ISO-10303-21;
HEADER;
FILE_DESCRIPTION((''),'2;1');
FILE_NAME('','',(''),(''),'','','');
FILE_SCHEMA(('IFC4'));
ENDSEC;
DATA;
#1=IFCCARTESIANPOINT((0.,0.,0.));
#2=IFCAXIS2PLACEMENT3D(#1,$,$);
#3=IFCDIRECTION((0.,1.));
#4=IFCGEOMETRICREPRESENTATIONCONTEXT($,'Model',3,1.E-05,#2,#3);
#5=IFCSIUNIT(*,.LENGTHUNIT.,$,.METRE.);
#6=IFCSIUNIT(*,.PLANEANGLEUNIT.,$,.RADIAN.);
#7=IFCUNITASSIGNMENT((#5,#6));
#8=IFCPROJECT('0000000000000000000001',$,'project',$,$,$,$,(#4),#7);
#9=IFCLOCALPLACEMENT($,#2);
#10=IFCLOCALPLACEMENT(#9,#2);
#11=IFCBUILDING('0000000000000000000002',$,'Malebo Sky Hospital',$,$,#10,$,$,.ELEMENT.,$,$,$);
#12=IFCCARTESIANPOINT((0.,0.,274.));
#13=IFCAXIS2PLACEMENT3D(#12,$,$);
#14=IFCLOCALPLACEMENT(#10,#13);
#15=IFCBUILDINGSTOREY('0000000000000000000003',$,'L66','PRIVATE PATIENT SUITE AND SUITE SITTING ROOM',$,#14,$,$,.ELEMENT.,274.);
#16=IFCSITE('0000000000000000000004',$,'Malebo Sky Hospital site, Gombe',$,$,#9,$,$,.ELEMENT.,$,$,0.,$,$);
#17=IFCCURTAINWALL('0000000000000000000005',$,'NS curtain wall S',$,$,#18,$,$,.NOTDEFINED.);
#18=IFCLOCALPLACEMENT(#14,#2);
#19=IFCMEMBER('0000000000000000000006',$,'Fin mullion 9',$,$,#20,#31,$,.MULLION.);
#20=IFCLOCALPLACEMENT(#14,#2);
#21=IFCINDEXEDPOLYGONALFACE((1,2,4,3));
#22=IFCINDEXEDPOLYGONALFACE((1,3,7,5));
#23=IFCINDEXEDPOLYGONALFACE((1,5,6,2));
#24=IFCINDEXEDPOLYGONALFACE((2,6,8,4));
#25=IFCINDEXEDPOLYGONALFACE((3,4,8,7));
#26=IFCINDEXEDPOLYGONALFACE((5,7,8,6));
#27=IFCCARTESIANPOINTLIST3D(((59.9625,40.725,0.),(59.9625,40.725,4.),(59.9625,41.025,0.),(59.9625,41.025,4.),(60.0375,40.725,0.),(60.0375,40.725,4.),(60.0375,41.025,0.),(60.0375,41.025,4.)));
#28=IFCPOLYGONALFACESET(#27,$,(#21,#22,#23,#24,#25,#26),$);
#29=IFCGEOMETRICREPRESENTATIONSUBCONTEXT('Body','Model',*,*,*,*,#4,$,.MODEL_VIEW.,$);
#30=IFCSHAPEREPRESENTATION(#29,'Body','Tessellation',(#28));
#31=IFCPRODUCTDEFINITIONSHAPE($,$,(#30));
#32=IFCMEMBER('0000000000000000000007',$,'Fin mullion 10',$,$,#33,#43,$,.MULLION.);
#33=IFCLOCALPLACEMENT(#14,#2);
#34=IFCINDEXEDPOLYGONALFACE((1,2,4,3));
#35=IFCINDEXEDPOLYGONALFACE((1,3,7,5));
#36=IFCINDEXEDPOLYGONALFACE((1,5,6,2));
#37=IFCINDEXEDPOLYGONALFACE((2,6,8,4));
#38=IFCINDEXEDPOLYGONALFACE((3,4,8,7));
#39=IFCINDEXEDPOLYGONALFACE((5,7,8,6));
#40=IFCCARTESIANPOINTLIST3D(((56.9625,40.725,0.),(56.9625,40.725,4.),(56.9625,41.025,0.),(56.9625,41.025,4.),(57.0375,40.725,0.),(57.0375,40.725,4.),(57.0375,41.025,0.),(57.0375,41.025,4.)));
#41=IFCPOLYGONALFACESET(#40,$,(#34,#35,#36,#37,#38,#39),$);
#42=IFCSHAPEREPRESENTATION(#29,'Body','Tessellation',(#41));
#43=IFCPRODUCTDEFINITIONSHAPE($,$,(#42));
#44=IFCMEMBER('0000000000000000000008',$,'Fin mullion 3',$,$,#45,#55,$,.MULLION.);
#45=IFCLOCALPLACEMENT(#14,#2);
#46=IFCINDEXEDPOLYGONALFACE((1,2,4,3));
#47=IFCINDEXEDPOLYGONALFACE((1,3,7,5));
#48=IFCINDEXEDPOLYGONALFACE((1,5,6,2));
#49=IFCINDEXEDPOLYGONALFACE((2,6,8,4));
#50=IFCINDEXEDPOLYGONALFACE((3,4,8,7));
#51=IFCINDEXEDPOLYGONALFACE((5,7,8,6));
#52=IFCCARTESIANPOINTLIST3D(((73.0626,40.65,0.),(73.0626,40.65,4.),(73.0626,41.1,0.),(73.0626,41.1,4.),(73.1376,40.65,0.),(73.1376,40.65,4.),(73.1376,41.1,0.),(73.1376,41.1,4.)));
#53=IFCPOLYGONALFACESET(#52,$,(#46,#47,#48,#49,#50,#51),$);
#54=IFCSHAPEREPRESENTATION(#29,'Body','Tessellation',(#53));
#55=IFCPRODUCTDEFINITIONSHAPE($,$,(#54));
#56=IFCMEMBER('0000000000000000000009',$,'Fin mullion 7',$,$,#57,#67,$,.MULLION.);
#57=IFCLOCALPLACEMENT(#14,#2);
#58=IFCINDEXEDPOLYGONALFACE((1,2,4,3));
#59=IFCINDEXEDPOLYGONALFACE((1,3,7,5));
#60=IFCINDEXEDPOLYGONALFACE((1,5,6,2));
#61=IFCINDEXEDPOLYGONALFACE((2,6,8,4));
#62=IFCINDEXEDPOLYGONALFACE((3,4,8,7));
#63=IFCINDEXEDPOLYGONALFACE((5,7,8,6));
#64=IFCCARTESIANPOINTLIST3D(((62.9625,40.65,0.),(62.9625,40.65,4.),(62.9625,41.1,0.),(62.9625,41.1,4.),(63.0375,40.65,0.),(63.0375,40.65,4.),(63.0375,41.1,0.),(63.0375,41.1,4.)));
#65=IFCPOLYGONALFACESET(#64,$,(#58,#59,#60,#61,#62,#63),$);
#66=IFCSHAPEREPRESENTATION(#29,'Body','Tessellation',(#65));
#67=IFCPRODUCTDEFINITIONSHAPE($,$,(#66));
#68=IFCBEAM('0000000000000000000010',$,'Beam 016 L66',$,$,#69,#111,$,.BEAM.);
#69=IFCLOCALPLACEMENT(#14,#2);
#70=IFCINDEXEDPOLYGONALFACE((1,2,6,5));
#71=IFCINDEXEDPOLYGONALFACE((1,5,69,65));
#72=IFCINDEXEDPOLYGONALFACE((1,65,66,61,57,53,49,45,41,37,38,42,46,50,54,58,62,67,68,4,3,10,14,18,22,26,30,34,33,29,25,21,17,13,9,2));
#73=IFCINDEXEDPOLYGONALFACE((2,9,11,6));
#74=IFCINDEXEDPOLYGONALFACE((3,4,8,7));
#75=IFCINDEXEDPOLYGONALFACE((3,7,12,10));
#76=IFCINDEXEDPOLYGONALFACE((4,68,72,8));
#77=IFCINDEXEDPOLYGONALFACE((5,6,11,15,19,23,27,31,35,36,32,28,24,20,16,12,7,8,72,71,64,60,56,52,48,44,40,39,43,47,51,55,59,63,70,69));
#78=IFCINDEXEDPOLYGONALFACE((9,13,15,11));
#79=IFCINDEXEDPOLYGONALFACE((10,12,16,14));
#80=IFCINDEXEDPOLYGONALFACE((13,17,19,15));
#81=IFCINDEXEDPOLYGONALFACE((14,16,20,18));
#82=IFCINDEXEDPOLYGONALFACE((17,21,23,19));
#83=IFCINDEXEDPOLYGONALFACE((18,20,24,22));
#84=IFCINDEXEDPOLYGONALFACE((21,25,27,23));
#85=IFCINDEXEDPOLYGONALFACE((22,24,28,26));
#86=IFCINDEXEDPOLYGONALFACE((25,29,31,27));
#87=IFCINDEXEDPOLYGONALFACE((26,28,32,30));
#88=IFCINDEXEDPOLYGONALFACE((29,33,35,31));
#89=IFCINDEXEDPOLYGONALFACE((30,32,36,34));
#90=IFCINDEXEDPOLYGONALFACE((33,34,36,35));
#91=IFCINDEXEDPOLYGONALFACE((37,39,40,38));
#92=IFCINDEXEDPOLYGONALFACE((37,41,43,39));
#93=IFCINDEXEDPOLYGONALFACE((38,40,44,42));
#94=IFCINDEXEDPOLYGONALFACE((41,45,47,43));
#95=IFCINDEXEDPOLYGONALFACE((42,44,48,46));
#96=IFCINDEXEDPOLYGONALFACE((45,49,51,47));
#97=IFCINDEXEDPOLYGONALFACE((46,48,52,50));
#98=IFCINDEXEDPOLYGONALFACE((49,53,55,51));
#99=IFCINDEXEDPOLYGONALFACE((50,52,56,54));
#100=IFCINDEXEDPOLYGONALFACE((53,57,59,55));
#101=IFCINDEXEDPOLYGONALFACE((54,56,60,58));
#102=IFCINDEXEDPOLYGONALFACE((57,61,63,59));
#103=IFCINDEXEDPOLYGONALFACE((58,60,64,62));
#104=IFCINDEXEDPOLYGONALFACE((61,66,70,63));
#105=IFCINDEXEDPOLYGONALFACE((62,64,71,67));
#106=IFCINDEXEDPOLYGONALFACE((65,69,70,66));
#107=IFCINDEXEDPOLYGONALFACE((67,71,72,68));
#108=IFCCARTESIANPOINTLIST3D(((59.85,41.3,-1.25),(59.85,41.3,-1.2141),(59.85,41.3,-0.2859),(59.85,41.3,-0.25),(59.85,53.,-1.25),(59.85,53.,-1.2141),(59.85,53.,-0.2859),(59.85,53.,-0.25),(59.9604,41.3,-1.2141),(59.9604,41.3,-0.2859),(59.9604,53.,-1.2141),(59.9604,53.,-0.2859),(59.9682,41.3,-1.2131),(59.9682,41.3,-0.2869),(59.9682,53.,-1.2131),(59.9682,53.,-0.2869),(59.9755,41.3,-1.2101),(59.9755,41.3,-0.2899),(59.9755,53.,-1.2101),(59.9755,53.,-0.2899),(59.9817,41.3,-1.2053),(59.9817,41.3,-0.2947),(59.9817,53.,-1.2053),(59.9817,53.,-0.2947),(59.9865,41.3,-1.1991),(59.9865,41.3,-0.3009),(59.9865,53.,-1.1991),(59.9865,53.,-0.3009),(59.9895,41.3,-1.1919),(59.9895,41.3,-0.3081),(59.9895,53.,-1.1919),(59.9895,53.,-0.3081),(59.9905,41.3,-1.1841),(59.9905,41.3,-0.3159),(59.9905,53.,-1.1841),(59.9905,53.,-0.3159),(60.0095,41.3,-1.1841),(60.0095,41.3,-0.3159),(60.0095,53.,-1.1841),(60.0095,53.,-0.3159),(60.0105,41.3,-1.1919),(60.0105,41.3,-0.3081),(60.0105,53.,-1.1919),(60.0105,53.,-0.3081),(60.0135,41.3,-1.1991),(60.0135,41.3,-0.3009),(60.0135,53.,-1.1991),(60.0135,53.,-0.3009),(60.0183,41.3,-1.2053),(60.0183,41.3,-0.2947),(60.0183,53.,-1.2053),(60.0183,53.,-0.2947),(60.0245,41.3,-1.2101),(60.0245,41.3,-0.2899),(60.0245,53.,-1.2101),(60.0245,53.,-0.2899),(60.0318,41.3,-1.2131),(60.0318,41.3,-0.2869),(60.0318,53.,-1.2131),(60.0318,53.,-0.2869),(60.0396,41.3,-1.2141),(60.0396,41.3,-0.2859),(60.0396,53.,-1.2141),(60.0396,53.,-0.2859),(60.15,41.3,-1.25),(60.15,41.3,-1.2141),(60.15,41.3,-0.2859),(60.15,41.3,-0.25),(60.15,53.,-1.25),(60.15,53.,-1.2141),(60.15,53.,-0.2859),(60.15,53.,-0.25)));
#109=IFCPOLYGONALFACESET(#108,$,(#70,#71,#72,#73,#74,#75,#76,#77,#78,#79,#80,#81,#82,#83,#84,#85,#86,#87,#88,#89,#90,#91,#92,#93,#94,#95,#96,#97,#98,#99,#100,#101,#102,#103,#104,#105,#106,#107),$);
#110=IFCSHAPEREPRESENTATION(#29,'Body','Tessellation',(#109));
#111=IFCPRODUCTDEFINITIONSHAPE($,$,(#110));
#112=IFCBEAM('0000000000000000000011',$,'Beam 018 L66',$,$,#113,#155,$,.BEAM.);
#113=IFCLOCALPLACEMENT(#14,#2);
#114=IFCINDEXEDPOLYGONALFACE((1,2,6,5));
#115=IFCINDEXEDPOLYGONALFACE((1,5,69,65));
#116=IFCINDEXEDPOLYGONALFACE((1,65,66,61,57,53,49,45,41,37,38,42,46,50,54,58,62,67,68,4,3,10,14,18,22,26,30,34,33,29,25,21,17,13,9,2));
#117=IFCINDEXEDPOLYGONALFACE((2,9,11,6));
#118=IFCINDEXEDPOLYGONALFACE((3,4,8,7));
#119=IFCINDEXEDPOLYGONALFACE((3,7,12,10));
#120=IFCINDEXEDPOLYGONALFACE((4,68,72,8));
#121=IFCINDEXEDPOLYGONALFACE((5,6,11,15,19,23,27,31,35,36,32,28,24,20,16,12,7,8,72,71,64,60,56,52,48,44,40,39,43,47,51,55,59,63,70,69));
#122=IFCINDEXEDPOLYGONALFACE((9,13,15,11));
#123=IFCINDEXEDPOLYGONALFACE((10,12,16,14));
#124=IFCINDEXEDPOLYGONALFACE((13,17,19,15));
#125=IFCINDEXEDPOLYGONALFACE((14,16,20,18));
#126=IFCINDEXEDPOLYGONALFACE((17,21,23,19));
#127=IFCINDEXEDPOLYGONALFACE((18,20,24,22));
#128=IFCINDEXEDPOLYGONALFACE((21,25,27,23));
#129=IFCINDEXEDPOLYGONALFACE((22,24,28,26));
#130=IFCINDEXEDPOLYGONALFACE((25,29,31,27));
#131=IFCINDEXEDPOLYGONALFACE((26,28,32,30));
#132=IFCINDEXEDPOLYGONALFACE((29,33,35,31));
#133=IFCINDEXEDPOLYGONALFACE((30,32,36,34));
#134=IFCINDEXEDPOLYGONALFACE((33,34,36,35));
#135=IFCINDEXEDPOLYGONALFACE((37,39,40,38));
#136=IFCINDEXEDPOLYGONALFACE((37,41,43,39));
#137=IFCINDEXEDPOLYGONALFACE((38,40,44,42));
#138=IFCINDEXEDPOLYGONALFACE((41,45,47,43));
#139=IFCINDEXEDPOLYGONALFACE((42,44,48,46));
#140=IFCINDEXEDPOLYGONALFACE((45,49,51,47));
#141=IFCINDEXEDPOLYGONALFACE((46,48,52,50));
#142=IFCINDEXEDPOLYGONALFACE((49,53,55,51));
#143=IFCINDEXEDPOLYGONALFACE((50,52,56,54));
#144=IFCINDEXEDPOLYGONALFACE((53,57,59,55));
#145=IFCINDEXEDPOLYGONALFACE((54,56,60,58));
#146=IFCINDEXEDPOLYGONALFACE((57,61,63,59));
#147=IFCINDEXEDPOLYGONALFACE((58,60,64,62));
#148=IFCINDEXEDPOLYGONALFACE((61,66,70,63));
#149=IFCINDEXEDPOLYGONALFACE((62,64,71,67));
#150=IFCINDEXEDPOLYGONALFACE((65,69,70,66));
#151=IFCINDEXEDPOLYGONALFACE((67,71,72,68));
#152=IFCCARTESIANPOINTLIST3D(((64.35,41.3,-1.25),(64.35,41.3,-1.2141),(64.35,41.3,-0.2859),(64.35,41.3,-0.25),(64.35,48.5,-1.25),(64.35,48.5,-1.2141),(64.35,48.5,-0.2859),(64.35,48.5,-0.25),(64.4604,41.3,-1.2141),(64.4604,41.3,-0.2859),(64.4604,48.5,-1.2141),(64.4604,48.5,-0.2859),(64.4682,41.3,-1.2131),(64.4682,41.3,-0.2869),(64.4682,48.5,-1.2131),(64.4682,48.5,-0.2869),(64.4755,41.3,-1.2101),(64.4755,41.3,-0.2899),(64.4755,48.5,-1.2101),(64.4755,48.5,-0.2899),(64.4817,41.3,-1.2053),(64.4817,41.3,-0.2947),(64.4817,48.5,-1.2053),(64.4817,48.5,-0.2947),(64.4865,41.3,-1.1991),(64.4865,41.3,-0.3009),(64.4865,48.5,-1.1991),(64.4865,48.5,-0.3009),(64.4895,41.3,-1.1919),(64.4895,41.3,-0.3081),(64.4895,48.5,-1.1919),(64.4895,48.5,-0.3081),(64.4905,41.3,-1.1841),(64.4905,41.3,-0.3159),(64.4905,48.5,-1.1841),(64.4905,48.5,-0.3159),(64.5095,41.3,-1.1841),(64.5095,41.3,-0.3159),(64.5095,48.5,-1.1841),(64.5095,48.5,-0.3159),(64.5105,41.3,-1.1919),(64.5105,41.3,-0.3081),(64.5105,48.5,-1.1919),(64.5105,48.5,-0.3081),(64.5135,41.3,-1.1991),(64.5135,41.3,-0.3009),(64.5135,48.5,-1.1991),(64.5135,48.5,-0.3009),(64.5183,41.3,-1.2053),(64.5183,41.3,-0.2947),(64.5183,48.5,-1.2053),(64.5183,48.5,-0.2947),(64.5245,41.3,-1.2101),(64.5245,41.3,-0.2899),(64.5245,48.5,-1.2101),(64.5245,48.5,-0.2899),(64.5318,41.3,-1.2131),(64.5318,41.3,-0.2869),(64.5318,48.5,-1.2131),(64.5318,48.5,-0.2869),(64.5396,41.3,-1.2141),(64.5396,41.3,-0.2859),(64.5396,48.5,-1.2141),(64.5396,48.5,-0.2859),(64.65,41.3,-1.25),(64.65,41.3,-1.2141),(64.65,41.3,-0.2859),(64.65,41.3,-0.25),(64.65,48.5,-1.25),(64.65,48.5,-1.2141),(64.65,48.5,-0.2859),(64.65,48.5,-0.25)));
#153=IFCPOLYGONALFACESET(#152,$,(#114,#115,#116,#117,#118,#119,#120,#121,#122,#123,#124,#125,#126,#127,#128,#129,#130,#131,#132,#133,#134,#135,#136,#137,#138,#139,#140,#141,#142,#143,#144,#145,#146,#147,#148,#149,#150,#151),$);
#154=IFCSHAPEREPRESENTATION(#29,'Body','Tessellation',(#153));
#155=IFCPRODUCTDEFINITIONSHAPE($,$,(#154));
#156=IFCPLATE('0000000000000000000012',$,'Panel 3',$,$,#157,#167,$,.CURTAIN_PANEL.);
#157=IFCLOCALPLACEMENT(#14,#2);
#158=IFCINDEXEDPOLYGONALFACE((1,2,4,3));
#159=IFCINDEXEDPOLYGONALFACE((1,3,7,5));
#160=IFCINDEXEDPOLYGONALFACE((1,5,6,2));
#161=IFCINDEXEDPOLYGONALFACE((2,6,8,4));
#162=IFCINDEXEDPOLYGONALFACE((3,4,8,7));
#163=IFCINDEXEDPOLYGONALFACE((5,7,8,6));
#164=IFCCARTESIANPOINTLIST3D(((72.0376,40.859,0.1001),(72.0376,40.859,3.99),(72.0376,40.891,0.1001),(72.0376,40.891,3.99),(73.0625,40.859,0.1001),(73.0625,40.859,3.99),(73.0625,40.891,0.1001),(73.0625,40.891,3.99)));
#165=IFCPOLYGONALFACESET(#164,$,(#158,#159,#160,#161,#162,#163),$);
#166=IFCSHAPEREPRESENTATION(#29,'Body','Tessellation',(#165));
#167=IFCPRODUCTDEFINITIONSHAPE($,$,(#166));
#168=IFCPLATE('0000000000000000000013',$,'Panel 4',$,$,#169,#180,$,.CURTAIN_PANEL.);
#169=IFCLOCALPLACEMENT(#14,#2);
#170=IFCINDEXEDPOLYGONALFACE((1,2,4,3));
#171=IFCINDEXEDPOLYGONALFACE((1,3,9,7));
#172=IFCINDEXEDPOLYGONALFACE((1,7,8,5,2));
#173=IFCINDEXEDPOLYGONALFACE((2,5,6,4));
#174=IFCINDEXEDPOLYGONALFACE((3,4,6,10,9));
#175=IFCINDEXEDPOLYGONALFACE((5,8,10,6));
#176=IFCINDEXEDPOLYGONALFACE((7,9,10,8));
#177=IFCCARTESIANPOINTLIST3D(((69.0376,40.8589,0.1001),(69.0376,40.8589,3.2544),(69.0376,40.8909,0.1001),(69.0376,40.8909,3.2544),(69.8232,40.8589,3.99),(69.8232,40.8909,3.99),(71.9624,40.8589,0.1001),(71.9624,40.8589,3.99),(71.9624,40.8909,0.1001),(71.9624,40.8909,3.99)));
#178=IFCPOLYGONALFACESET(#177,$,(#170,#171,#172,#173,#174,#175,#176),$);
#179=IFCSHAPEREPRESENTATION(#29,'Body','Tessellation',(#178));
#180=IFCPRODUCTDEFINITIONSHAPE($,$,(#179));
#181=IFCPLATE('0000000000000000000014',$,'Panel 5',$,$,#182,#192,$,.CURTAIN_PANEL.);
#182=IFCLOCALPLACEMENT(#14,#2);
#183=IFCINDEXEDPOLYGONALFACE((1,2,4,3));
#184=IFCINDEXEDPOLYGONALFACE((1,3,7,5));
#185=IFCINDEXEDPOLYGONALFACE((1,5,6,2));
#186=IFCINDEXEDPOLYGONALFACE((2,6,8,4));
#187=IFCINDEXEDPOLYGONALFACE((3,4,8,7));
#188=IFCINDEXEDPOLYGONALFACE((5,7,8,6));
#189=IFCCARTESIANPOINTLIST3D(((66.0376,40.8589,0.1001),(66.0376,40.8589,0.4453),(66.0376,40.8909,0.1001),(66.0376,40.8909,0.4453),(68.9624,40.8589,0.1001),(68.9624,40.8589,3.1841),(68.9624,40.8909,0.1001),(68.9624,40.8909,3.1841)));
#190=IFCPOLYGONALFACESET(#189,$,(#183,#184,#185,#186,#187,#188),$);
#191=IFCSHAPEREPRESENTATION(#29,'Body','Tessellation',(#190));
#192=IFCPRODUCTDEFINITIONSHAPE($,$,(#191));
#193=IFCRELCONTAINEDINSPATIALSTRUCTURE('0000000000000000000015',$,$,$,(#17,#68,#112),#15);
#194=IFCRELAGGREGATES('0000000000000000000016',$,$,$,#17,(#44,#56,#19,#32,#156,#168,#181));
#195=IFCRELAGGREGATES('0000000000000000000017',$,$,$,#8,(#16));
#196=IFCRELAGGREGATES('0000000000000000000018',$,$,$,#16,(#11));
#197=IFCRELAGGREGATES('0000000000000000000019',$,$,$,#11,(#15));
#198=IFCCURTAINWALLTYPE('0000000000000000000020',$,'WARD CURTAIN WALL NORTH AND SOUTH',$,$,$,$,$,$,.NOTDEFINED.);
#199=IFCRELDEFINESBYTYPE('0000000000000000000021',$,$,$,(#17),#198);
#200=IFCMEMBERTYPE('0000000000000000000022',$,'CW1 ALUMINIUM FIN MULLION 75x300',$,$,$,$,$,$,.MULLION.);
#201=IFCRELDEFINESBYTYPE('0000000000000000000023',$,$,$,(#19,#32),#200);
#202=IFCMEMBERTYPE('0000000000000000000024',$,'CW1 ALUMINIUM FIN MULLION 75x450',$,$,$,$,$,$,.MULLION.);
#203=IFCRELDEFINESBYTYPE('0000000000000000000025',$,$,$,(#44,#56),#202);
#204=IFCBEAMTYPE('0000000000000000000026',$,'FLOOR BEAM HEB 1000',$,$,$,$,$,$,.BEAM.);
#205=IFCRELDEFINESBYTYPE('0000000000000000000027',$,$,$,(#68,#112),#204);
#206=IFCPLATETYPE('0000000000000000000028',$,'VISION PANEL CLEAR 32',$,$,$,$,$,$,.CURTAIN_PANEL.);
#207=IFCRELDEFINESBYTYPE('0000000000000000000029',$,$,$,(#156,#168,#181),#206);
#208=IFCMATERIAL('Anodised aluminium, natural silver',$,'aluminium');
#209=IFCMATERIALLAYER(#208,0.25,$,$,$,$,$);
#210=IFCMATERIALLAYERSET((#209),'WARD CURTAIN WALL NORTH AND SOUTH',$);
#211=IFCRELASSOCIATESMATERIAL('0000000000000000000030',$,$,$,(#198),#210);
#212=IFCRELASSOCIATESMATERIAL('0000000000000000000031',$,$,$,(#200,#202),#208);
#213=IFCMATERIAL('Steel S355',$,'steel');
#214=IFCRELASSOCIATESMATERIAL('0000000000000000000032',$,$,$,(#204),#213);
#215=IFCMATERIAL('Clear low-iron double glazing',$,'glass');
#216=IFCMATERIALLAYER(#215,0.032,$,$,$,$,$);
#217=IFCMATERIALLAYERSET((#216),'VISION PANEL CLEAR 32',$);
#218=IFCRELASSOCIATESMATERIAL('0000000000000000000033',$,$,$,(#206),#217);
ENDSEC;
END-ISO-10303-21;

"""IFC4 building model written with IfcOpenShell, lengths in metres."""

from ifc_helpers import new_model, si_unit, direction, frame, origin, origin_2d, place, context, subcontext, project, spatial, polyline, rectangle, i_section, outline, extrude, material, layer, layer_set, material_profile, profile_set, type_object, element, aggregate, save


model = new_model("IFC4")

# Units and contexts
model_context = context("Model", 3, precision=1e-05, world=origin(), true_north=direction((0.0, 1.0)))
body_context = subcontext(model_context, "Body", "Model", "MODEL_VIEW")
ifc_project = project(units=[si_unit("LENGTHUNIT", "METRE"), si_unit("PLANEANGLEUNIT", "RADIAN")], contexts=[model_context])

# Site, building, storey
site_placement = place(None, origin())
site = spatial("IfcSite", under=ifc_project, at=site_placement, Name="Malebo Sky Hospital site, Gombe", CompositionType="ELEMENT", RefElevation=0.0)
building_placement = place(site_placement, origin())
building = spatial("IfcBuilding", under=site, at=building_placement, Name="Malebo Sky Hospital", CompositionType="ELEMENT")
storey_placement = place(building_placement, frame((0.0, 0.0, 274.0)))
storey = spatial("IfcBuildingStorey", under=building, at=storey_placement, Name="L66", Description="PRIVATE PATIENT SUITE AND SUITE SITTING ROOM", CompositionType="ELEMENT", Elevation=274.0)

# Curtain wall
ifc_material_1 = material(Name="Anodised aluminium, natural silver", Category="aluminium")
ifc_layer_1 = layer(ifc_material_1, 0.25)
ifc_layer_set_1 = layer_set([ifc_layer_1], Name="WARD CURTAIN WALL NORTH AND SOUTH")
curtain_wall_type = type_object("IfcCurtainWallType", Name="WARD CURTAIN WALL NORTH AND SOUTH", PredefinedType="NOTDEFINED", material=ifc_layer_set_1)
curtain_wall_placement = place(storey_placement, origin())
curtain_wall = element("IfcCurtainWall", 1, at=curtain_wall_placement, inside=storey, type_object=curtain_wall_type, Name="NS curtain wall S", PredefinedType="NOTDEFINED")

# Members
ifc_material_2 = material(Name="Steel S355", Category="steel")
ifc_material_profile_1 = material_profile(ifc_material_1, rectangle(XDim=0.075, YDim=0.3, at=origin_2d()), Name="CW1 ALUMINIUM FIN MULLION 75x300")
ifc_profile_set_1 = profile_set([ifc_material_profile_1], Name="Anodised aluminium, natural silver")
member_type_1 = type_object("IfcMemberType", Name="CW1 ALUMINIUM FIN MULLION 75x300", PredefinedType="MULLION", material=ifc_profile_set_1)
member_1_placement = place(storey_placement, frame((60.0, 40.875, 0.0), z_axis=(0.0, 0.0, 1.0), x_axis=(-1.0, 0.0, 0.0)))
member_1 = element("IfcMember", 2, at=member_1_placement, type_object=member_type_1, Name="Fin mullion 9", PredefinedType="MULLION", context=body_context, shape_type="SweptSolid", body=[
    extrude(rectangle(XDim=0.075, YDim=0.3, at=origin_2d()), origin(), (0.0, 0.0, 1.0), 4.0),
])
member_2_placement = place(storey_placement, frame((57.0, 40.875, 0.0), z_axis=(0.0, 0.0, 1.0), x_axis=(-1.0, 0.0, 0.0)))
member_2 = element("IfcMember", 3, at=member_2_placement, type_object=member_type_1, Name="Fin mullion 10", PredefinedType="MULLION", context=body_context, shape_type="SweptSolid", body=[
    extrude(rectangle(XDim=0.075, YDim=0.3, at=origin_2d()), origin(), (0.0, 0.0, 1.0), 4.0),
])
ifc_material_profile_2 = material_profile(ifc_material_1, rectangle(XDim=0.075, YDim=0.45, at=origin_2d()), Name="CW1 ALUMINIUM FIN MULLION 75x450")
ifc_profile_set_2 = profile_set([ifc_material_profile_2], Name="Anodised aluminium, natural silver")
member_type_2 = type_object("IfcMemberType", Name="CW1 ALUMINIUM FIN MULLION 75x450", PredefinedType="MULLION", material=ifc_profile_set_2)
member_3_placement = place(storey_placement, frame((73.1001, 40.875, 0.0), z_axis=(0.0, 0.0, 1.0), x_axis=(-1.0, 0.0, 0.0)))
member_3 = element("IfcMember", 4, at=member_3_placement, type_object=member_type_2, Name="Fin mullion 3", PredefinedType="MULLION", context=body_context, shape_type="SweptSolid", body=[
    extrude(rectangle(XDim=0.075, YDim=0.45, at=origin_2d()), origin(), (0.0, 0.0, 1.0), 4.0),
])
member_4_placement = place(storey_placement, frame((63.0, 40.875, 0.0), z_axis=(0.0, 0.0, 1.0), x_axis=(-1.0, 0.0, 0.0)))
member_4 = element("IfcMember", 5, at=member_4_placement, type_object=member_type_2, Name="Fin mullion 7", PredefinedType="MULLION", context=body_context, shape_type="SweptSolid", body=[
    extrude(rectangle(XDim=0.075, YDim=0.45, at=origin_2d()), origin(), (0.0, 0.0, 1.0), 4.0),
])

# Beams
ifc_material_profile_3 = material_profile(ifc_material_2, i_section(OverallWidth=0.3, OverallDepth=1.0, WebThickness=0.019, FlangeThickness=0.0359, FilletRadius=0.03, at=origin_2d()), Name="HEB 1000")
ifc_profile_set_3 = profile_set([ifc_material_profile_3], Name="Steel S355")
beam_type = type_object("IfcBeamType", Name="FLOOR BEAM HEB 1000", PredefinedType="BEAM", material=ifc_profile_set_3)
beam_1_placement = place(storey_placement, frame((60.0, 41.3, -0.75), z_axis=(0.0, 1.0, 0.0), x_axis=(-1.0, 0.0, 0.0)))
element("IfcBeam", 6, at=beam_1_placement, inside=storey, type_object=beam_type, Name="Beam 016 L66", PredefinedType="BEAM", context=body_context, shape_type="SweptSolid", body=[
    extrude(i_section(OverallWidth=0.3, OverallDepth=1.0, WebThickness=0.019, FlangeThickness=0.0359, FilletRadius=0.03, at=origin_2d()), origin(), (0.0, 0.0, 1.0), 11.7),
])
beam_2_placement = place(storey_placement, frame((64.5, 41.3, -0.75), z_axis=(0.0, 1.0, 0.0), x_axis=(-1.0, 0.0, 0.0)))
element("IfcBeam", 7, at=beam_2_placement, inside=storey, type_object=beam_type, Name="Beam 018 L66", PredefinedType="BEAM", context=body_context, shape_type="SweptSolid", body=[
    extrude(i_section(OverallWidth=0.3, OverallDepth=1.0, WebThickness=0.019, FlangeThickness=0.0359, FilletRadius=0.03, at=origin_2d()), origin(), (0.0, 0.0, 1.0), 7.2),
])

# Plates
ifc_material_3 = material(Name="Clear low-iron double glazing", Category="glass")
ifc_layer_2 = layer(ifc_material_3, 0.032)
ifc_layer_set_2 = layer_set([ifc_layer_2], Name="VISION PANEL CLEAR 32")
plate_type = type_object("IfcPlateType", Name="VISION PANEL CLEAR 32", PredefinedType="CURTAIN_PANEL", material=ifc_layer_set_2)
plate_1_placement = place(storey_placement, frame((72.55, 40.875, 0.1001), z_axis=(0.0, 0.0, 1.0), x_axis=(-1.0, 0.0, 0.0)))
plate_1 = element("IfcPlate", 8, at=plate_1_placement, type_object=plate_type, Name="Panel 3", PredefinedType="CURTAIN_PANEL", context=body_context, shape_type="SweptSolid", body=[
    extrude(rectangle(XDim=1.0249, YDim=0.032, at=origin_2d()), origin(), (0.0, 0.0, 1.0), 3.8899),
])
plate_2_placement = place(storey_placement, frame((70.5, 40.875, 0.1001), z_axis=(0.0, 0.0, 1.0), x_axis=(-1.0, 0.0, 0.0)))
plate_2 = element("IfcPlate", 9, at=plate_2_placement, type_object=plate_type, Name="Panel 4", PredefinedType="CURTAIN_PANEL", context=body_context, shape_type="SweptSolid", body=[
    extrude(outline(polyline([(-1.4624, 0.0), (1.4624, 0.0), (1.4624, 3.1543), (0.6768, 3.8899), (-1.4624, 3.8899), (-1.4624, 0.0)])), frame((0.0, 0.0161, 0.0), z_axis=(0.0, -1.0, 0.0), x_axis=(1.0, 0.0, 0.0)), (0.0, 0.0, 1.0), 0.032),
])
plate_3_placement = place(storey_placement, frame((67.5, 40.875, 0.1001), z_axis=(0.0, 0.0, 1.0), x_axis=(-1.0, 0.0, 0.0)))
plate_3 = element("IfcPlate", 10, at=plate_3_placement, type_object=plate_type, Name="Panel 5", PredefinedType="CURTAIN_PANEL", context=body_context, shape_type="SweptSolid", body=[
    extrude(outline(polyline([(-1.4624, 0.0), (1.4624, 0.0), (1.4624, 0.3452), (-1.4624, 3.084), (-1.4624, 0.0)])), frame((0.0, 0.0161, 0.0), z_axis=(0.0, -1.0, 0.0), x_axis=(1.0, 0.0, 0.0)), (0.0, 0.0, 1.0), 0.032),
])
aggregate(curtain_wall, [member_3, member_4, member_1, member_2, plate_1, plate_2, plate_3])

save(model, "model.ifc")
